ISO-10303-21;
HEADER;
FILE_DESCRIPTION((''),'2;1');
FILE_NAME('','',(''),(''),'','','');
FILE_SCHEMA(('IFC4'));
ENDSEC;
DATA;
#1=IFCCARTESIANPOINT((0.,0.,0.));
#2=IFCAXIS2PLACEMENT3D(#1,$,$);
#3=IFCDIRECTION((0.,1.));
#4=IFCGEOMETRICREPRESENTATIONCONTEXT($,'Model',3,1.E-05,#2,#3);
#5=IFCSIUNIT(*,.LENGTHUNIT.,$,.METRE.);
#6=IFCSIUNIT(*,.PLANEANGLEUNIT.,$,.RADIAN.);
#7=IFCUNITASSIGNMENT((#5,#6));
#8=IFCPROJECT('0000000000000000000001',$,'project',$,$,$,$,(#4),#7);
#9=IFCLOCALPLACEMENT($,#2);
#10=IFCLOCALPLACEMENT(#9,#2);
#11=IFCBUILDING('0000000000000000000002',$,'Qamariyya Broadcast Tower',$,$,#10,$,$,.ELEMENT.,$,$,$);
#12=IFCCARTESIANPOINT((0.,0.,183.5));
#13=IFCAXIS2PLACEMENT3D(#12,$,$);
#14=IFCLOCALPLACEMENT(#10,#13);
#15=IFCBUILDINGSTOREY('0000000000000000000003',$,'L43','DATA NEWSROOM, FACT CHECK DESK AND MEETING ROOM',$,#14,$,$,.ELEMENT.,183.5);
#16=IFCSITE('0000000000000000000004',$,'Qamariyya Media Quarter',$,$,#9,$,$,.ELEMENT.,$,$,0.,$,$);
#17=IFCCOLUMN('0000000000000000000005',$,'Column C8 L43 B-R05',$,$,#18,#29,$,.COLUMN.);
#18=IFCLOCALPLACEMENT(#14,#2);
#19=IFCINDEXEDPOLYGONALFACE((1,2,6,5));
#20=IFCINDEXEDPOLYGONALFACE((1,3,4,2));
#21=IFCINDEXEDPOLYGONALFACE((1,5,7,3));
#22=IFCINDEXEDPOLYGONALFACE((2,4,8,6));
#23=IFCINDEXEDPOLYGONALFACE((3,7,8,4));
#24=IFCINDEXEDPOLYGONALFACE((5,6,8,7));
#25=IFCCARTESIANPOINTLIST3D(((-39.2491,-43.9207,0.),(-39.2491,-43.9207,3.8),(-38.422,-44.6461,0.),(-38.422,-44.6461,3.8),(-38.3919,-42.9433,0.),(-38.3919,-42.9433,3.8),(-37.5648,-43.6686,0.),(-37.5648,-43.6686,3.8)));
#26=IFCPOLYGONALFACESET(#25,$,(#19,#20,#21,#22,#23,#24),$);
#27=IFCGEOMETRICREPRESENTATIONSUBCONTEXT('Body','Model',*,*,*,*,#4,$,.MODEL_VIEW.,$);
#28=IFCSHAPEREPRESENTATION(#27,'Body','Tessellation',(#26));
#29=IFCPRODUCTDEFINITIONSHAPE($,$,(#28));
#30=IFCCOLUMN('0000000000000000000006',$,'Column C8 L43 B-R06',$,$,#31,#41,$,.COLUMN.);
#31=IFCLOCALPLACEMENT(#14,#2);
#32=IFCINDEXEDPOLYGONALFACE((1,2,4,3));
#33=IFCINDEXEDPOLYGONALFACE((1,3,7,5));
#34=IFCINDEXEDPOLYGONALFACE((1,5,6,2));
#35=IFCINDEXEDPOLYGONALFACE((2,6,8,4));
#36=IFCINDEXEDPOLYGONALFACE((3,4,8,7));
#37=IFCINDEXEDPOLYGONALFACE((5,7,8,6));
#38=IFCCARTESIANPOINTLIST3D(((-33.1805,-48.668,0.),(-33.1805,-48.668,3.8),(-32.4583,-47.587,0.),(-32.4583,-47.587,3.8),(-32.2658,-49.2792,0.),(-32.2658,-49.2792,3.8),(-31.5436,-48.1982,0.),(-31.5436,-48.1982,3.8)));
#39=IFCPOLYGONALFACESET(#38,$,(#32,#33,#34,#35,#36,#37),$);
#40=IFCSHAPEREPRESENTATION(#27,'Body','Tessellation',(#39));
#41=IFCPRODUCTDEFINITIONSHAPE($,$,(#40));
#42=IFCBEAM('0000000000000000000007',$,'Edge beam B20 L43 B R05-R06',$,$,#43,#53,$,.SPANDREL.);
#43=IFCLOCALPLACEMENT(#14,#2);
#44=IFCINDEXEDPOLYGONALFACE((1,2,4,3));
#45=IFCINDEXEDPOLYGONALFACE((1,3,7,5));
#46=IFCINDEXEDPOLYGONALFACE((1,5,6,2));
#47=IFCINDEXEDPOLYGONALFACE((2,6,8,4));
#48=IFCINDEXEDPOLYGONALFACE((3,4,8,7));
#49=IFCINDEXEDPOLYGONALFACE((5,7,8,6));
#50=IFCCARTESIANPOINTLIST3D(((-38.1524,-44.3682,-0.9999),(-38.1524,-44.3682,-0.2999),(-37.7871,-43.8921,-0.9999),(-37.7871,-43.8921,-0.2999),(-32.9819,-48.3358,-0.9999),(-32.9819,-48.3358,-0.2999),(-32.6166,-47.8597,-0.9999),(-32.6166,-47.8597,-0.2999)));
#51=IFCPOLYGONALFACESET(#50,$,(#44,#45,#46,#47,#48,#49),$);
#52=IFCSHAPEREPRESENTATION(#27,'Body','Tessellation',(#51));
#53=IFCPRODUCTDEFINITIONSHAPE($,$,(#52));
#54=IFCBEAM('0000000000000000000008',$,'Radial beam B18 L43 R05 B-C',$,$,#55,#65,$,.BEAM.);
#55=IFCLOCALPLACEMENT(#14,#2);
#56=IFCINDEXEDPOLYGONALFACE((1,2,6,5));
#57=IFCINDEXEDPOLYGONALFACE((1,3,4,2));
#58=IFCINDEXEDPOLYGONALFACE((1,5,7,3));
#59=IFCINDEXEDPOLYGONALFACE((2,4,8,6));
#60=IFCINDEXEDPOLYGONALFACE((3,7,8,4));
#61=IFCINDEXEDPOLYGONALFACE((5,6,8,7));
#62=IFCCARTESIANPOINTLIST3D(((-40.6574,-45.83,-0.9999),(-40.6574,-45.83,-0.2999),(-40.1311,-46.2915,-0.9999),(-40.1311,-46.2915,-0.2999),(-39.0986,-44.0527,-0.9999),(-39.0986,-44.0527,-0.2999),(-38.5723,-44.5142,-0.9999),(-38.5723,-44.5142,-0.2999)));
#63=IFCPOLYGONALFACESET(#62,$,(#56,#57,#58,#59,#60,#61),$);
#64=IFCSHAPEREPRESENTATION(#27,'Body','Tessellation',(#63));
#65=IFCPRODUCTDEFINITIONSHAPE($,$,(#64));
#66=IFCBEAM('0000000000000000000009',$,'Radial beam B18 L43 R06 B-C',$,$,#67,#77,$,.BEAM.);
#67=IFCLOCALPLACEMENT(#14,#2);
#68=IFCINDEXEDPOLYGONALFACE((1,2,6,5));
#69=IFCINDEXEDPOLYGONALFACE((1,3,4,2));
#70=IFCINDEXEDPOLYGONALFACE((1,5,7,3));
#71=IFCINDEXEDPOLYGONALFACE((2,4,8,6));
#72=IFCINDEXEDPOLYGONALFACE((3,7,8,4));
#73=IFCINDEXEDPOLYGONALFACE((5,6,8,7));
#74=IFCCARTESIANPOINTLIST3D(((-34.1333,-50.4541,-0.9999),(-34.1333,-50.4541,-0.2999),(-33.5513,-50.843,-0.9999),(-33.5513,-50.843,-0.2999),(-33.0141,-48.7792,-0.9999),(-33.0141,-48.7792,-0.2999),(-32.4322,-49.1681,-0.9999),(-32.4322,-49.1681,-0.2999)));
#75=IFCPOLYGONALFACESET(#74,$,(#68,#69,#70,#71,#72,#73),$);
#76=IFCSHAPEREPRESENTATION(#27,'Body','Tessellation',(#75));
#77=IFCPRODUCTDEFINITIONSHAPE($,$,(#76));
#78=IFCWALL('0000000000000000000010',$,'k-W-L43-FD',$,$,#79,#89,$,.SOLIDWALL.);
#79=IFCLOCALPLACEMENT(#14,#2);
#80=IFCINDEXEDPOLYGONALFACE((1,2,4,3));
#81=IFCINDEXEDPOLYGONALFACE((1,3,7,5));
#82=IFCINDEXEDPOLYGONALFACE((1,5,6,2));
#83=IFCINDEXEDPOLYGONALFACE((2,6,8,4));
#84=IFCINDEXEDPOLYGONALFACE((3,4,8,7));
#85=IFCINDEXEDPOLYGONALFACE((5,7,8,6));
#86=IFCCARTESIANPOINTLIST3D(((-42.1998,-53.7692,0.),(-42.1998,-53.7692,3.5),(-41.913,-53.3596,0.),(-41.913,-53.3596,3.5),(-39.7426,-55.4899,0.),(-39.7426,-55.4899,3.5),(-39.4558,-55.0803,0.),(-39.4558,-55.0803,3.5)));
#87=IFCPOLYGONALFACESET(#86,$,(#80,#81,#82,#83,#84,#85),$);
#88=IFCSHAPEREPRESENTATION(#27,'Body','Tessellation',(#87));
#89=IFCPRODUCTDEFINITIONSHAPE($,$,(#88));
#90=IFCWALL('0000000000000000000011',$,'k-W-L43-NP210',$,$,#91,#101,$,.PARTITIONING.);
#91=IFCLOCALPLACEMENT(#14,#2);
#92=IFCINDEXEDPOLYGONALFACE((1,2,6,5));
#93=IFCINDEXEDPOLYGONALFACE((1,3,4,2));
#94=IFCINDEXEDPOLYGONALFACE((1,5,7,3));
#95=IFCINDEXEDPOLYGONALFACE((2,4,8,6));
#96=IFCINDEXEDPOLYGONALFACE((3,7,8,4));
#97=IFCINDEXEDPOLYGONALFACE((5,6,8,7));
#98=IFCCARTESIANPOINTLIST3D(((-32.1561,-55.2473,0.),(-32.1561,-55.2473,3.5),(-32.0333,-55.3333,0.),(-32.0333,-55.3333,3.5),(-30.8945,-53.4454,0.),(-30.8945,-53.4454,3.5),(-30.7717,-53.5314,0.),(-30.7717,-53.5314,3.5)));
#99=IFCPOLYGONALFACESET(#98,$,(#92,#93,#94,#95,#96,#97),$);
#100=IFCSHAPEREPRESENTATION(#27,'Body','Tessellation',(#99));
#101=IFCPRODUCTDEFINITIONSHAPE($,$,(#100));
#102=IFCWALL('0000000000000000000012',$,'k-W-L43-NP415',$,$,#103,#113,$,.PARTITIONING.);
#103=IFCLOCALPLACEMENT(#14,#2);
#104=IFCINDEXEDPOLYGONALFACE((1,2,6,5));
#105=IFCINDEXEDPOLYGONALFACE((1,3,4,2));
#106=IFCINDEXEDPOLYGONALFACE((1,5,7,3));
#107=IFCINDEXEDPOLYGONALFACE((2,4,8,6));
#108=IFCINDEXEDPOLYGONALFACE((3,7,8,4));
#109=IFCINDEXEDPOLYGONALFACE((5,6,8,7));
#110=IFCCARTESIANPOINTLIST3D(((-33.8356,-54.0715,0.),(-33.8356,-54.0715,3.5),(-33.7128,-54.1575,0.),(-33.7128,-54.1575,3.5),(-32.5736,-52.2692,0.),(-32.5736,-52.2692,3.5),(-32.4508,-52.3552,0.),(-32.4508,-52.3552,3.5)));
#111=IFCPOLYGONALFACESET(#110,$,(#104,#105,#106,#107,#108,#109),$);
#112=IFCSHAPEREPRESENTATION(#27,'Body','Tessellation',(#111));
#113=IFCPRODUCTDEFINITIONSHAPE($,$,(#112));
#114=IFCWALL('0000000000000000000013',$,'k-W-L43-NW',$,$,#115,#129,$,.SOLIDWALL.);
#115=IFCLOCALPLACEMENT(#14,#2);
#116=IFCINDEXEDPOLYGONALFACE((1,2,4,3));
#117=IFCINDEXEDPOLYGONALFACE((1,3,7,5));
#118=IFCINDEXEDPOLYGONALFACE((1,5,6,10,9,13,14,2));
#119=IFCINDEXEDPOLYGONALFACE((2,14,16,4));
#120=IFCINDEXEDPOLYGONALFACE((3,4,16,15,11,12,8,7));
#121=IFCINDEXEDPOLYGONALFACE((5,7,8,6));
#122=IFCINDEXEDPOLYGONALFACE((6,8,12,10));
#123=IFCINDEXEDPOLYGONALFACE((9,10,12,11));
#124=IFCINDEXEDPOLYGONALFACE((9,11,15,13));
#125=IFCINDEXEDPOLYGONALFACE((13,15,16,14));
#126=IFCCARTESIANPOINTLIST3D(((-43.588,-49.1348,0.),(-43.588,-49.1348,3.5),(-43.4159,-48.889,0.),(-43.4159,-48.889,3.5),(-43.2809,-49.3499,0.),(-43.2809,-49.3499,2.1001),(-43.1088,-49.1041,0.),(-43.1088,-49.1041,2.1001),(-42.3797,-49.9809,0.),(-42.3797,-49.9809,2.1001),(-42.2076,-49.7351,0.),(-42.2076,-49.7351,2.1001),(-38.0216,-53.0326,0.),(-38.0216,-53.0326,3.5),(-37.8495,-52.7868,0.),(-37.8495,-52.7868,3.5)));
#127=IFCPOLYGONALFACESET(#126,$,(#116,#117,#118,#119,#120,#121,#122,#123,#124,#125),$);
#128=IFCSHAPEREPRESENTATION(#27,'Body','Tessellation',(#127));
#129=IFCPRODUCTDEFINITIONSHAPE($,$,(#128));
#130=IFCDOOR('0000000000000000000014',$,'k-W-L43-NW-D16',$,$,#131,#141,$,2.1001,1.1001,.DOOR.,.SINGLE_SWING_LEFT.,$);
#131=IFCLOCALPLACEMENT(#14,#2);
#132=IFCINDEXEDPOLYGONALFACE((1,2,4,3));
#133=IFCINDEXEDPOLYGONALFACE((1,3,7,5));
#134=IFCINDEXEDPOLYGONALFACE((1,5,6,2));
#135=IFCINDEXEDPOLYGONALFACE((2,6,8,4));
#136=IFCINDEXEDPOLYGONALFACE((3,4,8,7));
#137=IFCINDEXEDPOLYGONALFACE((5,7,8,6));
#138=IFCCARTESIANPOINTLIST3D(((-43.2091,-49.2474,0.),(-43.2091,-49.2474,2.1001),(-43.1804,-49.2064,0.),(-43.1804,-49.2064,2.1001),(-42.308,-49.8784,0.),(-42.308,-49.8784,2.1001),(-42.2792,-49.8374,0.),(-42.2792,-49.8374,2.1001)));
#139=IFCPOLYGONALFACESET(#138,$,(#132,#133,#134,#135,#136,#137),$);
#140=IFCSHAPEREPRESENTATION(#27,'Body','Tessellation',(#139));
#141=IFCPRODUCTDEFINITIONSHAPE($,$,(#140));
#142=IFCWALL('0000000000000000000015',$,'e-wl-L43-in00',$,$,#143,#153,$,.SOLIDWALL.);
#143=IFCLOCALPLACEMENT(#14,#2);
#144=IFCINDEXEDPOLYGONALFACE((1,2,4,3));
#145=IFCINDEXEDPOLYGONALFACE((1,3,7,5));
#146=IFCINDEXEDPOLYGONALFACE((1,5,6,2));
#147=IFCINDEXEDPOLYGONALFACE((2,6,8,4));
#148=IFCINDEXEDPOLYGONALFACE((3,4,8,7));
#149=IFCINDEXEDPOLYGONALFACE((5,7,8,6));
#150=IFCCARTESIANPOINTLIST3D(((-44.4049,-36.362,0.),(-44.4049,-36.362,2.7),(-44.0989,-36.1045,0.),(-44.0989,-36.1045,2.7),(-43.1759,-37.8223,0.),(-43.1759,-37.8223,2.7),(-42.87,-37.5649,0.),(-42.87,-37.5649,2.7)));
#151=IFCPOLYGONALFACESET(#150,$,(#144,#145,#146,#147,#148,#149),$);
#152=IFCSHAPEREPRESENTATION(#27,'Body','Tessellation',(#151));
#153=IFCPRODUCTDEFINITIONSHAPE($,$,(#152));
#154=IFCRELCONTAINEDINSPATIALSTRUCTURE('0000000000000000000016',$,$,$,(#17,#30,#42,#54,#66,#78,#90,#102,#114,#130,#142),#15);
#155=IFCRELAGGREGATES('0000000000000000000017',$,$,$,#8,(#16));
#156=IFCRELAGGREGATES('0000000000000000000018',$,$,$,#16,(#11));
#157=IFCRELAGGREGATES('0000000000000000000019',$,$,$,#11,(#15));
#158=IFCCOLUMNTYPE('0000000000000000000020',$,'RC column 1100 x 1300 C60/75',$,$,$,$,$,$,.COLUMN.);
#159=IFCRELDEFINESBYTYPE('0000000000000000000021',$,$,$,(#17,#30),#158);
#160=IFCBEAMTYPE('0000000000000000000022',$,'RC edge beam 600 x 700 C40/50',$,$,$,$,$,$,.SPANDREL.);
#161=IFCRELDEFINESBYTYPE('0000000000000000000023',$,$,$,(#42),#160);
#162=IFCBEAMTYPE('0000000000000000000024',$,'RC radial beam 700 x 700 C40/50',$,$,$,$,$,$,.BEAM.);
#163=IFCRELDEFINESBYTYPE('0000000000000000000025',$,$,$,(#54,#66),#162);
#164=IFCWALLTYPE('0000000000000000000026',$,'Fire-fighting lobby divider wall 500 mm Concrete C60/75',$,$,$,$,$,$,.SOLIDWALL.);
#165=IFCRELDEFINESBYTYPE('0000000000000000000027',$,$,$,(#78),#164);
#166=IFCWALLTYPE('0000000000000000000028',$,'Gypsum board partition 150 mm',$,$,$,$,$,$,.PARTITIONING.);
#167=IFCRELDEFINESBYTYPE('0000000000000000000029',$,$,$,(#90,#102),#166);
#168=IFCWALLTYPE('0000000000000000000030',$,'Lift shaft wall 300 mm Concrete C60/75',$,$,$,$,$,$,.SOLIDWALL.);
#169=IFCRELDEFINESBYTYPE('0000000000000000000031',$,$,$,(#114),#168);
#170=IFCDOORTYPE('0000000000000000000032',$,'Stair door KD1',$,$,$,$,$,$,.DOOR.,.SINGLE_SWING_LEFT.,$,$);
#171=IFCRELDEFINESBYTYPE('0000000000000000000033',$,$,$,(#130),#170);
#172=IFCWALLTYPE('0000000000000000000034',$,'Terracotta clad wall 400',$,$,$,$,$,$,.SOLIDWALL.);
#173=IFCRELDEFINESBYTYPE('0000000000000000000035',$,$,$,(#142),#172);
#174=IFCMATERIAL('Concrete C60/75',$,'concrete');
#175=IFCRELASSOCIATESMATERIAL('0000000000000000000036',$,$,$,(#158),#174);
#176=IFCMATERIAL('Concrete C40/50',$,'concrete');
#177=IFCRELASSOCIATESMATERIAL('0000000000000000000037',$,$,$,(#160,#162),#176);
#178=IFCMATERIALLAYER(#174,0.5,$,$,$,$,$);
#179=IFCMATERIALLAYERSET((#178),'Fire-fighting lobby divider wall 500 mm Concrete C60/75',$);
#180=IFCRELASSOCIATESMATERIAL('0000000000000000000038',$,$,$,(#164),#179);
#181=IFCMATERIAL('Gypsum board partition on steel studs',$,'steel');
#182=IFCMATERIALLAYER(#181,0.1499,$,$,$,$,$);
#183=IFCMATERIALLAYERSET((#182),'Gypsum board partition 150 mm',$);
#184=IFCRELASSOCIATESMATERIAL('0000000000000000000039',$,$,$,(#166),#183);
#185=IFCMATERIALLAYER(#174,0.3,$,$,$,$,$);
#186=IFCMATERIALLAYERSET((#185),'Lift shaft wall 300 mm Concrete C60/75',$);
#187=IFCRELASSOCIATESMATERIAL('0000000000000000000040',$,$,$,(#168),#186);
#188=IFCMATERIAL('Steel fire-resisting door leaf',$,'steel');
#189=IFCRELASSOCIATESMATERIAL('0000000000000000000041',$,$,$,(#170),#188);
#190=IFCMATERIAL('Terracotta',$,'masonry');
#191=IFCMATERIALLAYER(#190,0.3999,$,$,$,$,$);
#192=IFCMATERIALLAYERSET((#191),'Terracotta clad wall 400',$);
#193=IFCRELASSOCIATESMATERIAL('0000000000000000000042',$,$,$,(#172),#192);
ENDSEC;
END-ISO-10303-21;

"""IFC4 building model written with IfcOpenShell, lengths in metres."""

from ifc_helpers import new_model, si_unit, direction, frame, frame_2d, origin, origin_2d, place, context, subcontext, project, spatial, rectangle, extrude, material, layer, layer_set, material_profile, profile_set, type_object, element, fill, save


model = new_model("IFC4")

# Units and contexts
model_context = context("Model", 3, precision=1e-05, world=origin(), true_north=direction((0.0, 1.0)))
body_context = subcontext(model_context, "Body", "Model", "MODEL_VIEW")
ifc_project = project(units=[si_unit("LENGTHUNIT", "METRE"), si_unit("PLANEANGLEUNIT", "RADIAN")], contexts=[model_context])

# Site, building, storey
site_placement = place(None, origin())
site = spatial("IfcSite", under=ifc_project, at=site_placement, Name="Qamariyya Media Quarter", CompositionType="ELEMENT", RefElevation=0.0)
building_placement = place(site_placement, origin())
building = spatial("IfcBuilding", under=site, at=building_placement, Name="Qamariyya Broadcast Tower", CompositionType="ELEMENT")
storey_placement = place(building_placement, frame((0.0, 0.0, 183.5)))
storey = spatial("IfcBuildingStorey", under=building, at=storey_placement, Name="L43", Description="DATA NEWSROOM, FACT CHECK DESK AND MEETING ROOM", CompositionType="ELEMENT", Elevation=183.5)

# Columns
ifc_material_1 = material(Name="Concrete C60/75", Category="concrete")
ifc_material_profile_1 = material_profile(ifc_material_1, rectangle(XDim=1.1001, YDim=1.3, at=origin_2d()))
ifc_profile_set_1 = profile_set([ifc_material_profile_1], Name="Concrete C60/75")
column_type = type_object("IfcColumnType", Name="RC column 1100 x 1300 C60/75", PredefinedType="COLUMN", material=ifc_profile_set_1)
for number, where, z_axis, x_axis, name in (
    (1, (-38.407, -43.7947, 0.0), (0.0, 0.0, 1.0), (0.75184, -0.659346, 0.0), "Column C8 L43 B-R05"),
    (2, (-32.3621, -48.4331, 0.0), (0.0, 0.0, 1.0), (0.83147, -0.55557, 0.0), "Column C8 L43 B-R06"),
):
    element("IfcColumn", number, at=place(storey_placement, frame(where, z_axis=z_axis, x_axis=x_axis)), inside=storey, type_object=column_type, Name=name, PredefinedType="COLUMN", context=body_context, shape_type="SweptSolid", body=[
        extrude(rectangle(XDim=1.1001, YDim=1.3, at=origin_2d()), origin(), (0.0, 0.0, 1.0), 3.8),
    ])

# Beams
ifc_material_2 = material(Name="Concrete C40/50", Category="concrete")
ifc_material_profile_2 = material_profile(ifc_material_2, rectangle(XDim=0.6001, YDim=0.7, at=origin_2d()))
ifc_profile_set_2 = profile_set([ifc_material_profile_2], Name="Concrete C40/50")
beam_type_1 = type_object("IfcBeamType", Name="RC edge beam 600 x 700 C40/50", PredefinedType="SPANDREL", material=ifc_profile_set_2)
beam_1_placement = place(storey_placement, frame((-37.9697, -44.1301, -0.6499), z_axis=(0.793343, -0.608774, 0.0), x_axis=(0.608774, 0.793343, 0.0)))
element("IfcBeam", 3, at=beam_1_placement, inside=storey, type_object=beam_type_1, Name="Edge beam B20 L43 B R05-R06", PredefinedType="SPANDREL", context=body_context, shape_type="SweptSolid", body=[
    extrude(rectangle(XDim=0.6001, YDim=0.7, at=origin_2d()), origin(), (0.0, 0.0, 1.0), 6.5173),
])
ifc_material_profile_3 = material_profile(ifc_material_2, rectangle(XDim=0.7, YDim=0.7, at=origin_2d()))
ifc_profile_set_3 = profile_set([ifc_material_profile_3], Name="Concrete C40/50")
beam_type_2 = type_object("IfcBeamType", Name="RC radial beam 700 x 700 C40/50", PredefinedType="BEAM", material=ifc_profile_set_3)
beam_2_placement = place(storey_placement, frame((-38.8354, -44.2834, -0.6499), z_axis=(-0.659382, -0.751809, 0.0), x_axis=(0.751809, -0.659382, 0.0)))
element("IfcBeam", 4, at=beam_2_placement, inside=storey, type_object=beam_type_2, Name="Radial beam B18 L43 R05 B-C", PredefinedType="BEAM", context=body_context, shape_type="SweptSolid", body=[
    extrude(rectangle(XDim=0.7, YDim=0.7, at=origin_2d()), origin(), (0.0, 0.0, 1.0), 2.364),
])
beam_3_placement = place(storey_placement, frame((-32.7231, -48.9736, -0.6499), z_axis=(-0.555595, -0.831453, 0.0), x_axis=(0.831453, -0.555595, 0.0)))
element("IfcBeam", 5, at=beam_3_placement, inside=storey, type_object=beam_type_2, Name="Radial beam B18 L43 R06 B-C", PredefinedType="BEAM", context=body_context, shape_type="SweptSolid", body=[
    extrude(rectangle(XDim=0.7, YDim=0.7, at=origin_2d()), origin(), (0.0, 0.0, 1.0), 2.0144),
])

# Walls
ifc_layer_1 = layer(ifc_material_1, 0.5)
ifc_layer_set_1 = layer_set([ifc_layer_1], Name="Fire-fighting lobby divider wall 500 mm Concrete C60/75")
wall_type_1 = type_object("IfcWallType", Name="Fire-fighting lobby divider wall 500 mm Concrete C60/75", PredefinedType="SOLIDWALL", material=ifc_layer_set_1)
wall_1_placement = place(storey_placement, frame((-39.5991, -55.2852, 0.0), z_axis=(0.0, 0.0, 1.0), x_axis=(-0.819136, 0.573599, 0.0)))
element("IfcWall", 6, at=wall_1_placement, inside=storey, type_object=wall_type_1, Name="k-W-L43-FD", PredefinedType="SOLIDWALL", context=body_context, shape_type="SweptSolid", body=[
    extrude(rectangle(XDim=2.9998, YDim=0.5, at=frame_2d((1.5, 0.0))), origin(), (0.0, 0.0, 1.0), 3.5),
])
ifc_material_3 = material(Name="Gypsum board partition on steel studs", Category="steel")
ifc_layer_2 = layer(ifc_material_3, 0.1499)
ifc_layer_set_2 = layer_set([ifc_layer_2], Name="Gypsum board partition 150 mm")
wall_type_2 = type_object("IfcWallType", Name="Gypsum board partition 150 mm", PredefinedType="PARTITIONING", material=ifc_layer_set_2)
wall_2_placement = place(storey_placement, frame((-32.0947, -55.2903, 0.0), z_axis=(0.0, 0.0, 1.0), x_axis=(0.573559, 0.819164, 0.0)))
element("IfcWall", 7, at=wall_2_placement, inside=storey, type_object=wall_type_2, Name="k-W-L43-NP210", PredefinedType="PARTITIONING", context=body_context, shape_type="SweptSolid", body=[
    extrude(rectangle(XDim=2.1997, YDim=0.1499, at=frame_2d((1.0999, 0.0))), origin(), (0.0, 0.0, 1.0), 3.5),
])
wall_3_placement = place(storey_placement, frame((-33.7742, -54.1145, 0.0), z_axis=(0.0, 0.0, 1.0), x_axis=(0.573581, 0.819149, 0.0)))
element("IfcWall", 8, at=wall_3_placement, inside=storey, type_object=wall_type_2, Name="k-W-L43-NP415", PredefinedType="PARTITIONING", context=body_context, shape_type="SweptSolid", body=[
    extrude(rectangle(XDim=2.2002, YDim=0.1499, at=frame_2d((1.1001, 0.0))), origin(), (0.0, 0.0, 1.0), 3.5),
])

# Wall, opening, door
ifc_layer_3 = layer(ifc_material_1, 0.3)
ifc_layer_set_3 = layer_set([ifc_layer_3], Name="Lift shaft wall 300 mm Concrete C60/75")
wall_type_3 = type_object("IfcWallType", Name="Lift shaft wall 300 mm Concrete C60/75", PredefinedType="SOLIDWALL", material=ifc_layer_set_3)
wall_4_placement = place(storey_placement, frame((-37.9355, -52.9097, 0.0), z_axis=(0.0, 0.0, 1.0), x_axis=(-0.819148, 0.573583, 0.0)))
wall_4 = element("IfcWall", 9, at=wall_4_placement, inside=storey, type_object=wall_type_3, Name="k-W-L43-NW", PredefinedType="SOLIDWALL", context=body_context, shape_type="SweptSolid", body=[
    extrude(rectangle(XDim=6.7954, YDim=0.3, at=frame_2d((3.3977, 0.0))), origin(), (0.0, 0.0, 1.0), 3.5),
])
opening_1_placement = place(wall_4_placement, frame((5.3203, 0.0, 0.0)))
opening_1 = element("IfcOpeningElement", 10, at=opening_1_placement, cuts=wall_4, PredefinedType="OPENING", context=body_context, shape_type="SweptSolid", body=[
    extrude(rectangle(XDim=1.1001, YDim=2.1001, at=frame_2d((0.55, 1.05))), frame((0.0, 0.1599, 0.0), z_axis=(0.0, -1.0, 0.0), x_axis=(1.0, 0.0, 0.0)), (0.0, 0.0, 1.0), 0.3201),
])
ifc_material_4 = material(Name="Steel fire-resisting door leaf", Category="steel")
door_type = type_object("IfcDoorType", Name="Stair door KD1", OperationType="SINGLE_SWING_LEFT", PredefinedType="DOOR", material=ifc_material_4)
door_placement = place(opening_1_placement, origin())
door = element("IfcDoor", 11, at=door_placement, inside=storey, type_object=door_type, Name="k-W-L43-NW-D16", OperationType="SINGLE_SWING_LEFT", OverallHeight=2.1001, OverallWidth=1.1001, PredefinedType="DOOR", context=body_context, shape_type="SweptSolid", body=[
    extrude(rectangle(XDim=1.1001, YDim=2.1001, at=frame_2d((0.55, 1.05))), frame((0.0, 0.0249, 0.0), z_axis=(0.0, -1.0, 0.0), x_axis=(1.0, 0.0, 0.0)), (0.0, 0.0, 1.0), 0.05),
])
fill(opening_1, door)

# Wall
ifc_material_5 = material(Name="Terracotta", Category="masonry")
ifc_layer_4 = layer(ifc_material_5, 0.3999)
ifc_layer_set_4 = layer_set([ifc_layer_4], Name="Terracotta clad wall 400")
wall_type_4 = type_object("IfcWallType", Name="Terracotta clad wall 400", PredefinedType="SOLIDWALL", material=ifc_layer_set_4)
wall_5_placement = place(storey_placement, frame((-43.0229, -37.6936, 0.0), z_axis=(0.0, 0.0, 1.0), x_axis=(-0.643876, 0.76513, 0.0)))
element("IfcWall", 12, at=wall_5_placement, inside=storey, type_object=wall_type_4, Name="e-wl-L43-in00", PredefinedType="SOLIDWALL", context=body_context, shape_type="SweptSolid", body=[
    extrude(rectangle(XDim=1.9087, YDim=0.3999, at=frame_2d((0.9543, 0.0))), origin(), (0.0, 0.0, 1.0), 2.7),
])

save(model, "model.ifc")
